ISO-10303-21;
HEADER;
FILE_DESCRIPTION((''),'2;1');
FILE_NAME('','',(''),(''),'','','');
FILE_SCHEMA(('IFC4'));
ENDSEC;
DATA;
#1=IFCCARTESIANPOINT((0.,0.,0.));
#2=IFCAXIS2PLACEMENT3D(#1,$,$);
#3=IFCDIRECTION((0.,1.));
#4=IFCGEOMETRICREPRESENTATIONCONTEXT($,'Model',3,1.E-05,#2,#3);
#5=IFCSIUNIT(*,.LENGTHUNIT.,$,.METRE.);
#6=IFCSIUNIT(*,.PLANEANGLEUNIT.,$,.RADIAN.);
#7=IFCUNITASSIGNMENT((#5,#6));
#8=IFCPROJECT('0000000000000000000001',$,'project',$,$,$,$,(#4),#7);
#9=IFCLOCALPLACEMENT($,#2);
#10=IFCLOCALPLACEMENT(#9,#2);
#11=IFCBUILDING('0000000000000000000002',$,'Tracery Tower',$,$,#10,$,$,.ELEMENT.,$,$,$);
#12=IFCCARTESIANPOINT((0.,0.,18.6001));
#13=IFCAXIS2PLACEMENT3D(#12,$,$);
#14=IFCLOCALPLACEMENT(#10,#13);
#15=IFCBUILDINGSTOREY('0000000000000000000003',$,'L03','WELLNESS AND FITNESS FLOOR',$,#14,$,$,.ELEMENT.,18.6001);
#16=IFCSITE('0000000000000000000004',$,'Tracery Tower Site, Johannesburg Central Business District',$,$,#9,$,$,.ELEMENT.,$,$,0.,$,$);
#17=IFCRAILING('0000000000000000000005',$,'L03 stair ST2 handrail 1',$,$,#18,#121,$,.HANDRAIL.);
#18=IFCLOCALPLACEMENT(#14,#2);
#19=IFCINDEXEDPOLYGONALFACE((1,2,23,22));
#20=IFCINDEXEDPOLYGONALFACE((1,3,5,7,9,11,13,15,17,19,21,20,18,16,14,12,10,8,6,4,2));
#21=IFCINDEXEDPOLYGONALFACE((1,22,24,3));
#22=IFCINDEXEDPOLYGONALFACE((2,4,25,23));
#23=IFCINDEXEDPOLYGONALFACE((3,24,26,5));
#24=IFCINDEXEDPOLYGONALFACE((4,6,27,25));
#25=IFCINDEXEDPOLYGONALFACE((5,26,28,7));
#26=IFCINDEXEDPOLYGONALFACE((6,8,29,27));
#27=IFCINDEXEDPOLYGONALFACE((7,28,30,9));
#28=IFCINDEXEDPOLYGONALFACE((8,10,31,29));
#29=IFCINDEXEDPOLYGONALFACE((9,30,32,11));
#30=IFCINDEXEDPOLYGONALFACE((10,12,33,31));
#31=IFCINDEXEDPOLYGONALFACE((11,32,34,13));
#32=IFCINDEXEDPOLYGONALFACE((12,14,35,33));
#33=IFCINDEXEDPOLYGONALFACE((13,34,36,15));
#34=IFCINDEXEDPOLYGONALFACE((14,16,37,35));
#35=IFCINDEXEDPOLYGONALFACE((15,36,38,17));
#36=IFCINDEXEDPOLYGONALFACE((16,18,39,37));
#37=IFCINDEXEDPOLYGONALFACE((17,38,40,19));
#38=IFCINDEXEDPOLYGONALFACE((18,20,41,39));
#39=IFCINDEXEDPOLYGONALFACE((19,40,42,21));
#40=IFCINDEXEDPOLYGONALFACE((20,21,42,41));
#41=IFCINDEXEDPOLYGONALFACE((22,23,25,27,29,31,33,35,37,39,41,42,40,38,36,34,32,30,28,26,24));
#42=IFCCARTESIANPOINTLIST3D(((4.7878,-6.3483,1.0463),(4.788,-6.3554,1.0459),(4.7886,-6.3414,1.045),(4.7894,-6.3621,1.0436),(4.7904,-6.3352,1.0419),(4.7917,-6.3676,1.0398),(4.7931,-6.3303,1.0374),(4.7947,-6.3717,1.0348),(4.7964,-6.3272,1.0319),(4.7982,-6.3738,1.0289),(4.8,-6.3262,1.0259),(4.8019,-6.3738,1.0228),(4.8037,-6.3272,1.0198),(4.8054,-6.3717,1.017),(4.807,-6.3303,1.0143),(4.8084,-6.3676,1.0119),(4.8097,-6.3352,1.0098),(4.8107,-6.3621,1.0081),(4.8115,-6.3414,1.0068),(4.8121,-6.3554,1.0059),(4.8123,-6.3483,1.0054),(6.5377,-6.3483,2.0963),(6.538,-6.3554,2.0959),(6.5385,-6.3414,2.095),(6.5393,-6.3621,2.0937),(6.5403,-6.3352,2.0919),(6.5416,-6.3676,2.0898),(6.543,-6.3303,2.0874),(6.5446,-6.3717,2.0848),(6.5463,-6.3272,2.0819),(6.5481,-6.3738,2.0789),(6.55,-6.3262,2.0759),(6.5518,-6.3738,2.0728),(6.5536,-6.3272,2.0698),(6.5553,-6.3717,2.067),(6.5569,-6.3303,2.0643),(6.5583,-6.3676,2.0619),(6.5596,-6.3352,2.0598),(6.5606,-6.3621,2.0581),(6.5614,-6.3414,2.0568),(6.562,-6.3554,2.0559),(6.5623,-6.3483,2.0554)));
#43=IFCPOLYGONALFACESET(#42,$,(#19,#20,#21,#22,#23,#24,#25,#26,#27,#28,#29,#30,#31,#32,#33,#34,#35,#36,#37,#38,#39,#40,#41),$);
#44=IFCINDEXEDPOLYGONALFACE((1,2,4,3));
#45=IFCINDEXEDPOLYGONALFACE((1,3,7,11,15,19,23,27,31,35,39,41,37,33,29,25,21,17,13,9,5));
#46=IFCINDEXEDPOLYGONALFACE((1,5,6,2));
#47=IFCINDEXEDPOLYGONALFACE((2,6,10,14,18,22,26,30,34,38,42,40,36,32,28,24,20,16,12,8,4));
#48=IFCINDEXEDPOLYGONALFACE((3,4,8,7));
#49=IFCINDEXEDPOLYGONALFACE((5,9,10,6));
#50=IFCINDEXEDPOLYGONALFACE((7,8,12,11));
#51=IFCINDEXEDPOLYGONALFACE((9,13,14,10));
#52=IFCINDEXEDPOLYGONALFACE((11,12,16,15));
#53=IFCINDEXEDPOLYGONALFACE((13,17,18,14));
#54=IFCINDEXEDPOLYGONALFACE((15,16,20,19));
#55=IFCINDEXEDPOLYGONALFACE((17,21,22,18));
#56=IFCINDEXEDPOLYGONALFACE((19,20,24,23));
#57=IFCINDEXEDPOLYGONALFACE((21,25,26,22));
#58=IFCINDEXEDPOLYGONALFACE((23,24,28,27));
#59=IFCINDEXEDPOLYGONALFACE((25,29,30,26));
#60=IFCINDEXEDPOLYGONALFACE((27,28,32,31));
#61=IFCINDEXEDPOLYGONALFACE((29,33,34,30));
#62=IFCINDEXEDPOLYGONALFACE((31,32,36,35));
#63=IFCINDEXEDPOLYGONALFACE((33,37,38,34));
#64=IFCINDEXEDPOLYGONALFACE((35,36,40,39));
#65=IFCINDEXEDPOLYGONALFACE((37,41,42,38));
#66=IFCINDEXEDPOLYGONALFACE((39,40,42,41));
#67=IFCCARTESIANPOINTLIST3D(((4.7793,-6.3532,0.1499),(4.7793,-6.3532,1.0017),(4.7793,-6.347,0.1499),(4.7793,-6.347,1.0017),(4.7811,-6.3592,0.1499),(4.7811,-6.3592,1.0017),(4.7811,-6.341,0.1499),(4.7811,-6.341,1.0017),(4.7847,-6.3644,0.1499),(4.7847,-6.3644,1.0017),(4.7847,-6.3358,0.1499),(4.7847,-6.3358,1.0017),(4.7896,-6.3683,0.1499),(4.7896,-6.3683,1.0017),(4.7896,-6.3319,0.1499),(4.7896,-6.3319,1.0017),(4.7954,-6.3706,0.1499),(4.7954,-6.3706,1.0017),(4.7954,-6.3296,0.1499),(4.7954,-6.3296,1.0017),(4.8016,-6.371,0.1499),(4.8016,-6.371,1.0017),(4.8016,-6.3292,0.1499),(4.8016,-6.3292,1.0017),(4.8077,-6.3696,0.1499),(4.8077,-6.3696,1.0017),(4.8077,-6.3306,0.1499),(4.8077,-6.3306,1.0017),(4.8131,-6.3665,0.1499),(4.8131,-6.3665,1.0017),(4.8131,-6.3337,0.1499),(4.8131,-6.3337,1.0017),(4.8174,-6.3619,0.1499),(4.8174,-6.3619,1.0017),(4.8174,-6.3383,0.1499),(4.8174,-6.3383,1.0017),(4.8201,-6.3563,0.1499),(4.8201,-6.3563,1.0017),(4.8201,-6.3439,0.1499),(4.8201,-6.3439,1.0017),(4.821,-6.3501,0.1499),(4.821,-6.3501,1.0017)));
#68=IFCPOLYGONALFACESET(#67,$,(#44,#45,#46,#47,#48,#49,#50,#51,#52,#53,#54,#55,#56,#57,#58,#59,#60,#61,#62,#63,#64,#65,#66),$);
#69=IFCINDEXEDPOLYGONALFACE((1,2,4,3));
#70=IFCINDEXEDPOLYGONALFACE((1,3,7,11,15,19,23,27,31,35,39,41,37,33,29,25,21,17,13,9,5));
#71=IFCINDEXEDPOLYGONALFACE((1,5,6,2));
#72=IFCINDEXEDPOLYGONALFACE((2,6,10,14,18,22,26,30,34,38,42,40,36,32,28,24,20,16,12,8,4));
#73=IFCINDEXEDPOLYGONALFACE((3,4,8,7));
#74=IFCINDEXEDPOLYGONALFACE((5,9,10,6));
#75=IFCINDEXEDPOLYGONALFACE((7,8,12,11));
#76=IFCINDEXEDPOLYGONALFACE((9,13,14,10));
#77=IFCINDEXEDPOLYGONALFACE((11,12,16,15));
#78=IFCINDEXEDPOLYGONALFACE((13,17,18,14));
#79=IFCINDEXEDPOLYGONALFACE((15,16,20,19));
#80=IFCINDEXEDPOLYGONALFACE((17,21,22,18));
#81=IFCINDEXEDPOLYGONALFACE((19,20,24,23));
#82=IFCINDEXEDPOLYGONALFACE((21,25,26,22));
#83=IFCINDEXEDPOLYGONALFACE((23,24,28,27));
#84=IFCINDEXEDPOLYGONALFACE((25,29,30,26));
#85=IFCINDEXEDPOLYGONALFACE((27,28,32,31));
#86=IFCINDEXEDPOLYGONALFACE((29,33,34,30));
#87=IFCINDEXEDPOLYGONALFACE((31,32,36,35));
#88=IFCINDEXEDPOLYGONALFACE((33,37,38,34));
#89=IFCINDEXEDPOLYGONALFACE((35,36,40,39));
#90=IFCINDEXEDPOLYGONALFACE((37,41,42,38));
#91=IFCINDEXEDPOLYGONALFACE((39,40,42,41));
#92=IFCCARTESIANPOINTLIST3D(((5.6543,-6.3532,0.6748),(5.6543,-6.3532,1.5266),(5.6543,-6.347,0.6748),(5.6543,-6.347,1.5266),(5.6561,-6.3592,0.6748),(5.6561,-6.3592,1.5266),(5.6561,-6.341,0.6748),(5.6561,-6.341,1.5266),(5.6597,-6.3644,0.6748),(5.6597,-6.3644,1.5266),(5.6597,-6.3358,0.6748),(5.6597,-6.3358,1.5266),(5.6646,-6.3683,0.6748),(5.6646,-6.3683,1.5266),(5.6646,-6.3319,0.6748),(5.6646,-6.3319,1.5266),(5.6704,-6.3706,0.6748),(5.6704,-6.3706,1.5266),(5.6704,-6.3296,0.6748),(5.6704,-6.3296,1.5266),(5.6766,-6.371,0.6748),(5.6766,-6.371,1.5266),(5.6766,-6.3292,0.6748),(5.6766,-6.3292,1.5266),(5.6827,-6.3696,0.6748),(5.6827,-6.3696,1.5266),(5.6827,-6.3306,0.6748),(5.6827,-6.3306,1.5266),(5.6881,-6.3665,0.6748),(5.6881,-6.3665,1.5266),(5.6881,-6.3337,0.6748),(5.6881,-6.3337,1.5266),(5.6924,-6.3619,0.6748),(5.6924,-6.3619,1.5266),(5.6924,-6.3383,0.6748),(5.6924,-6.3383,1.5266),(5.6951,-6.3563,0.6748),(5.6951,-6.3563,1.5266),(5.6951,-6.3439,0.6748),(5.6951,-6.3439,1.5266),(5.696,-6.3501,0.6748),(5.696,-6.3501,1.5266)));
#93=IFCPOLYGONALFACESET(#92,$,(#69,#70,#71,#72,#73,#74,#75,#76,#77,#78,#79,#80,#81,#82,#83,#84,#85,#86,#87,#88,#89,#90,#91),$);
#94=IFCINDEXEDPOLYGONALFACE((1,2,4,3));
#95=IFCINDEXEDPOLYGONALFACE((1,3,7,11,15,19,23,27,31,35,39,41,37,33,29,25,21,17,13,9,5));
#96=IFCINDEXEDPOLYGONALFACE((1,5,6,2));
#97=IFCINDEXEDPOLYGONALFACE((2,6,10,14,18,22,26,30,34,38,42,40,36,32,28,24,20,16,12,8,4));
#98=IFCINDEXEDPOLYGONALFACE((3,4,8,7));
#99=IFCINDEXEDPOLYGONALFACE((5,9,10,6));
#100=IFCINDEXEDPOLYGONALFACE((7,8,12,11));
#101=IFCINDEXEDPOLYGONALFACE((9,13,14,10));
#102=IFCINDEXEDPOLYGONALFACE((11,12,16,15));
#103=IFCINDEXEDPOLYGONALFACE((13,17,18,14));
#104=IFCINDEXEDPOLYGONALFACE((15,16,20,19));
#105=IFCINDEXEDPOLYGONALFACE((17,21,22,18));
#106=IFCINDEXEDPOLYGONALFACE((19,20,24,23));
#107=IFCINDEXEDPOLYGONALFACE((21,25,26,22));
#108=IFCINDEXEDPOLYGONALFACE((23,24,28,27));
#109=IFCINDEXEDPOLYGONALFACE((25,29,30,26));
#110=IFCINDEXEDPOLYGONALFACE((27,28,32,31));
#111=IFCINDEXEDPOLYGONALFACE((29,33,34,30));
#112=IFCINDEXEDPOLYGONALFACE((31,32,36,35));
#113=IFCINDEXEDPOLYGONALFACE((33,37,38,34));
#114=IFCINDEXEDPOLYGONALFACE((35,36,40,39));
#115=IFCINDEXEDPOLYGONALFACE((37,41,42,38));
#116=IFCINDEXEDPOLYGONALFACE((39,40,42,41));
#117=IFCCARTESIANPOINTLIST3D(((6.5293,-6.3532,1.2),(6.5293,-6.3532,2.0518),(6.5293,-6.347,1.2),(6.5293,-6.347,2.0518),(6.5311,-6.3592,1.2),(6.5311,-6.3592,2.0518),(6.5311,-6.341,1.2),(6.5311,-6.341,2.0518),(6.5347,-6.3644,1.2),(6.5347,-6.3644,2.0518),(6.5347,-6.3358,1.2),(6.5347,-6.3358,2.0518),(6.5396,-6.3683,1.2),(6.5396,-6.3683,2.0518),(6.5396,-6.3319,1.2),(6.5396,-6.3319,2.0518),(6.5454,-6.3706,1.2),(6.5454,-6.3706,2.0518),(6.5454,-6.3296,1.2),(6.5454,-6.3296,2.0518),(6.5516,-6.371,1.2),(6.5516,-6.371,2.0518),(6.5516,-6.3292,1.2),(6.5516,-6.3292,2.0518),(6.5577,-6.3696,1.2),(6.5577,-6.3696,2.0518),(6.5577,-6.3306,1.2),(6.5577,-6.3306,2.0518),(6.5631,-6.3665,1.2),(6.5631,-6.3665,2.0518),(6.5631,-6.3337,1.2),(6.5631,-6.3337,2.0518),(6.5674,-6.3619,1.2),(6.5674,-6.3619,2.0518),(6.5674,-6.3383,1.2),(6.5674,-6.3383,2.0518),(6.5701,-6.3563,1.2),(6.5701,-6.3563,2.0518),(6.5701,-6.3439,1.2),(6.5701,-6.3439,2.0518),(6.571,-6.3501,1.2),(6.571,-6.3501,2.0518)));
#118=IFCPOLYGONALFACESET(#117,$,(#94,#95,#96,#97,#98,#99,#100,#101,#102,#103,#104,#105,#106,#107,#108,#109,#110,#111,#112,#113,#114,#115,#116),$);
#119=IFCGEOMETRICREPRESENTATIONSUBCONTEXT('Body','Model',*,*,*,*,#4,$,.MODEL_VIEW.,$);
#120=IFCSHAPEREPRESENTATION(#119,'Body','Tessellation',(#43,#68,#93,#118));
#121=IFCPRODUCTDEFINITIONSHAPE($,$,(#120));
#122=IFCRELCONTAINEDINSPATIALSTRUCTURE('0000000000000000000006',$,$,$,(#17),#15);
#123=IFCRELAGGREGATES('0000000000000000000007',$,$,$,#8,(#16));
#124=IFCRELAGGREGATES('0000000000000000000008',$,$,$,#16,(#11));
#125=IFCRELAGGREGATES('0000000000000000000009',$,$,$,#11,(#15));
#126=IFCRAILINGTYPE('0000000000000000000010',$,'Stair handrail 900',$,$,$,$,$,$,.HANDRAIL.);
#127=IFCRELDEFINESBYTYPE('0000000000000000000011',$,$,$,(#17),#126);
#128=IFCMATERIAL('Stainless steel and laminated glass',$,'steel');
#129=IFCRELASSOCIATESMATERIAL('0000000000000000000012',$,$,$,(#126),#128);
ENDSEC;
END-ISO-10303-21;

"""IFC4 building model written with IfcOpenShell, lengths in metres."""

from ifc_helpers import new_model, si_unit, direction, frame, origin, origin_2d, place, context, subcontext, project, spatial, circle, extrude, material, type_object, element, save


model = new_model("IFC4")

# Units and contexts
model_context = context("Model", 3, precision=1e-05, world=origin(), true_north=direction((0.0, 1.0)))
body_context = subcontext(model_context, "Body", "Model", "MODEL_VIEW")
ifc_project = project(units=[si_unit("LENGTHUNIT", "METRE"), si_unit("PLANEANGLEUNIT", "RADIAN")], contexts=[model_context])

# Site, building, storey
site_placement = place(None, origin())
site = spatial("IfcSite", under=ifc_project, at=site_placement, Name="Tracery Tower Site, Johannesburg Central Business District", CompositionType="ELEMENT", RefElevation=0.0)
building_placement = place(site_placement, origin())
building = spatial("IfcBuilding", under=site, at=building_placement, Name="Tracery Tower", CompositionType="ELEMENT")
storey_placement = place(building_placement, frame((0.0, 0.0, 18.6001)))
storey = spatial("IfcBuildingStorey", under=building, at=storey_placement, Name="L03", Description="WELLNESS AND FITNESS FLOOR", CompositionType="ELEMENT", Elevation=18.6001)

# Railing
ifc_material_1 = material(Name="Stainless steel and laminated glass", Category="steel")
railing_type_1 = type_object("IfcRailingType", Name="Stair handrail 900", PredefinedType="HANDRAIL", material=ifc_material_1)
railing_1_placement = place(storey_placement, frame((4.8, -6.3501, 0.1499)))
element("IfcRailing", 1, at=railing_1_placement, inside=storey, type_object=railing_type_1, Name="L03 stair ST2 handrail 1", PredefinedType="HANDRAIL", context=body_context, shape_type="SweptSolid", body=[
    extrude(circle(Radius=0.0239, at=origin_2d()), frame((0.0, 0.0, 0.876), z_axis=(0.857482, 0.0, 0.514513), x_axis=(0.0, 1.0, 0.0)), (0.0, 0.0, 1.0), 2.0408),
    extrude(circle(Radius=0.021, at=origin_2d()), origin(), (0.0, 0.0, 1.0), 0.8518),
    extrude(circle(Radius=0.021, at=origin_2d()), frame((0.875, 0.0, 0.5249)), (0.0, 0.0, 1.0), 0.8518),
    extrude(circle(Radius=0.021, at=origin_2d()), frame((1.75, 0.0, 1.05)), (0.0, 0.0, 1.0), 0.8518),
])

save(model, "model.ifc")
